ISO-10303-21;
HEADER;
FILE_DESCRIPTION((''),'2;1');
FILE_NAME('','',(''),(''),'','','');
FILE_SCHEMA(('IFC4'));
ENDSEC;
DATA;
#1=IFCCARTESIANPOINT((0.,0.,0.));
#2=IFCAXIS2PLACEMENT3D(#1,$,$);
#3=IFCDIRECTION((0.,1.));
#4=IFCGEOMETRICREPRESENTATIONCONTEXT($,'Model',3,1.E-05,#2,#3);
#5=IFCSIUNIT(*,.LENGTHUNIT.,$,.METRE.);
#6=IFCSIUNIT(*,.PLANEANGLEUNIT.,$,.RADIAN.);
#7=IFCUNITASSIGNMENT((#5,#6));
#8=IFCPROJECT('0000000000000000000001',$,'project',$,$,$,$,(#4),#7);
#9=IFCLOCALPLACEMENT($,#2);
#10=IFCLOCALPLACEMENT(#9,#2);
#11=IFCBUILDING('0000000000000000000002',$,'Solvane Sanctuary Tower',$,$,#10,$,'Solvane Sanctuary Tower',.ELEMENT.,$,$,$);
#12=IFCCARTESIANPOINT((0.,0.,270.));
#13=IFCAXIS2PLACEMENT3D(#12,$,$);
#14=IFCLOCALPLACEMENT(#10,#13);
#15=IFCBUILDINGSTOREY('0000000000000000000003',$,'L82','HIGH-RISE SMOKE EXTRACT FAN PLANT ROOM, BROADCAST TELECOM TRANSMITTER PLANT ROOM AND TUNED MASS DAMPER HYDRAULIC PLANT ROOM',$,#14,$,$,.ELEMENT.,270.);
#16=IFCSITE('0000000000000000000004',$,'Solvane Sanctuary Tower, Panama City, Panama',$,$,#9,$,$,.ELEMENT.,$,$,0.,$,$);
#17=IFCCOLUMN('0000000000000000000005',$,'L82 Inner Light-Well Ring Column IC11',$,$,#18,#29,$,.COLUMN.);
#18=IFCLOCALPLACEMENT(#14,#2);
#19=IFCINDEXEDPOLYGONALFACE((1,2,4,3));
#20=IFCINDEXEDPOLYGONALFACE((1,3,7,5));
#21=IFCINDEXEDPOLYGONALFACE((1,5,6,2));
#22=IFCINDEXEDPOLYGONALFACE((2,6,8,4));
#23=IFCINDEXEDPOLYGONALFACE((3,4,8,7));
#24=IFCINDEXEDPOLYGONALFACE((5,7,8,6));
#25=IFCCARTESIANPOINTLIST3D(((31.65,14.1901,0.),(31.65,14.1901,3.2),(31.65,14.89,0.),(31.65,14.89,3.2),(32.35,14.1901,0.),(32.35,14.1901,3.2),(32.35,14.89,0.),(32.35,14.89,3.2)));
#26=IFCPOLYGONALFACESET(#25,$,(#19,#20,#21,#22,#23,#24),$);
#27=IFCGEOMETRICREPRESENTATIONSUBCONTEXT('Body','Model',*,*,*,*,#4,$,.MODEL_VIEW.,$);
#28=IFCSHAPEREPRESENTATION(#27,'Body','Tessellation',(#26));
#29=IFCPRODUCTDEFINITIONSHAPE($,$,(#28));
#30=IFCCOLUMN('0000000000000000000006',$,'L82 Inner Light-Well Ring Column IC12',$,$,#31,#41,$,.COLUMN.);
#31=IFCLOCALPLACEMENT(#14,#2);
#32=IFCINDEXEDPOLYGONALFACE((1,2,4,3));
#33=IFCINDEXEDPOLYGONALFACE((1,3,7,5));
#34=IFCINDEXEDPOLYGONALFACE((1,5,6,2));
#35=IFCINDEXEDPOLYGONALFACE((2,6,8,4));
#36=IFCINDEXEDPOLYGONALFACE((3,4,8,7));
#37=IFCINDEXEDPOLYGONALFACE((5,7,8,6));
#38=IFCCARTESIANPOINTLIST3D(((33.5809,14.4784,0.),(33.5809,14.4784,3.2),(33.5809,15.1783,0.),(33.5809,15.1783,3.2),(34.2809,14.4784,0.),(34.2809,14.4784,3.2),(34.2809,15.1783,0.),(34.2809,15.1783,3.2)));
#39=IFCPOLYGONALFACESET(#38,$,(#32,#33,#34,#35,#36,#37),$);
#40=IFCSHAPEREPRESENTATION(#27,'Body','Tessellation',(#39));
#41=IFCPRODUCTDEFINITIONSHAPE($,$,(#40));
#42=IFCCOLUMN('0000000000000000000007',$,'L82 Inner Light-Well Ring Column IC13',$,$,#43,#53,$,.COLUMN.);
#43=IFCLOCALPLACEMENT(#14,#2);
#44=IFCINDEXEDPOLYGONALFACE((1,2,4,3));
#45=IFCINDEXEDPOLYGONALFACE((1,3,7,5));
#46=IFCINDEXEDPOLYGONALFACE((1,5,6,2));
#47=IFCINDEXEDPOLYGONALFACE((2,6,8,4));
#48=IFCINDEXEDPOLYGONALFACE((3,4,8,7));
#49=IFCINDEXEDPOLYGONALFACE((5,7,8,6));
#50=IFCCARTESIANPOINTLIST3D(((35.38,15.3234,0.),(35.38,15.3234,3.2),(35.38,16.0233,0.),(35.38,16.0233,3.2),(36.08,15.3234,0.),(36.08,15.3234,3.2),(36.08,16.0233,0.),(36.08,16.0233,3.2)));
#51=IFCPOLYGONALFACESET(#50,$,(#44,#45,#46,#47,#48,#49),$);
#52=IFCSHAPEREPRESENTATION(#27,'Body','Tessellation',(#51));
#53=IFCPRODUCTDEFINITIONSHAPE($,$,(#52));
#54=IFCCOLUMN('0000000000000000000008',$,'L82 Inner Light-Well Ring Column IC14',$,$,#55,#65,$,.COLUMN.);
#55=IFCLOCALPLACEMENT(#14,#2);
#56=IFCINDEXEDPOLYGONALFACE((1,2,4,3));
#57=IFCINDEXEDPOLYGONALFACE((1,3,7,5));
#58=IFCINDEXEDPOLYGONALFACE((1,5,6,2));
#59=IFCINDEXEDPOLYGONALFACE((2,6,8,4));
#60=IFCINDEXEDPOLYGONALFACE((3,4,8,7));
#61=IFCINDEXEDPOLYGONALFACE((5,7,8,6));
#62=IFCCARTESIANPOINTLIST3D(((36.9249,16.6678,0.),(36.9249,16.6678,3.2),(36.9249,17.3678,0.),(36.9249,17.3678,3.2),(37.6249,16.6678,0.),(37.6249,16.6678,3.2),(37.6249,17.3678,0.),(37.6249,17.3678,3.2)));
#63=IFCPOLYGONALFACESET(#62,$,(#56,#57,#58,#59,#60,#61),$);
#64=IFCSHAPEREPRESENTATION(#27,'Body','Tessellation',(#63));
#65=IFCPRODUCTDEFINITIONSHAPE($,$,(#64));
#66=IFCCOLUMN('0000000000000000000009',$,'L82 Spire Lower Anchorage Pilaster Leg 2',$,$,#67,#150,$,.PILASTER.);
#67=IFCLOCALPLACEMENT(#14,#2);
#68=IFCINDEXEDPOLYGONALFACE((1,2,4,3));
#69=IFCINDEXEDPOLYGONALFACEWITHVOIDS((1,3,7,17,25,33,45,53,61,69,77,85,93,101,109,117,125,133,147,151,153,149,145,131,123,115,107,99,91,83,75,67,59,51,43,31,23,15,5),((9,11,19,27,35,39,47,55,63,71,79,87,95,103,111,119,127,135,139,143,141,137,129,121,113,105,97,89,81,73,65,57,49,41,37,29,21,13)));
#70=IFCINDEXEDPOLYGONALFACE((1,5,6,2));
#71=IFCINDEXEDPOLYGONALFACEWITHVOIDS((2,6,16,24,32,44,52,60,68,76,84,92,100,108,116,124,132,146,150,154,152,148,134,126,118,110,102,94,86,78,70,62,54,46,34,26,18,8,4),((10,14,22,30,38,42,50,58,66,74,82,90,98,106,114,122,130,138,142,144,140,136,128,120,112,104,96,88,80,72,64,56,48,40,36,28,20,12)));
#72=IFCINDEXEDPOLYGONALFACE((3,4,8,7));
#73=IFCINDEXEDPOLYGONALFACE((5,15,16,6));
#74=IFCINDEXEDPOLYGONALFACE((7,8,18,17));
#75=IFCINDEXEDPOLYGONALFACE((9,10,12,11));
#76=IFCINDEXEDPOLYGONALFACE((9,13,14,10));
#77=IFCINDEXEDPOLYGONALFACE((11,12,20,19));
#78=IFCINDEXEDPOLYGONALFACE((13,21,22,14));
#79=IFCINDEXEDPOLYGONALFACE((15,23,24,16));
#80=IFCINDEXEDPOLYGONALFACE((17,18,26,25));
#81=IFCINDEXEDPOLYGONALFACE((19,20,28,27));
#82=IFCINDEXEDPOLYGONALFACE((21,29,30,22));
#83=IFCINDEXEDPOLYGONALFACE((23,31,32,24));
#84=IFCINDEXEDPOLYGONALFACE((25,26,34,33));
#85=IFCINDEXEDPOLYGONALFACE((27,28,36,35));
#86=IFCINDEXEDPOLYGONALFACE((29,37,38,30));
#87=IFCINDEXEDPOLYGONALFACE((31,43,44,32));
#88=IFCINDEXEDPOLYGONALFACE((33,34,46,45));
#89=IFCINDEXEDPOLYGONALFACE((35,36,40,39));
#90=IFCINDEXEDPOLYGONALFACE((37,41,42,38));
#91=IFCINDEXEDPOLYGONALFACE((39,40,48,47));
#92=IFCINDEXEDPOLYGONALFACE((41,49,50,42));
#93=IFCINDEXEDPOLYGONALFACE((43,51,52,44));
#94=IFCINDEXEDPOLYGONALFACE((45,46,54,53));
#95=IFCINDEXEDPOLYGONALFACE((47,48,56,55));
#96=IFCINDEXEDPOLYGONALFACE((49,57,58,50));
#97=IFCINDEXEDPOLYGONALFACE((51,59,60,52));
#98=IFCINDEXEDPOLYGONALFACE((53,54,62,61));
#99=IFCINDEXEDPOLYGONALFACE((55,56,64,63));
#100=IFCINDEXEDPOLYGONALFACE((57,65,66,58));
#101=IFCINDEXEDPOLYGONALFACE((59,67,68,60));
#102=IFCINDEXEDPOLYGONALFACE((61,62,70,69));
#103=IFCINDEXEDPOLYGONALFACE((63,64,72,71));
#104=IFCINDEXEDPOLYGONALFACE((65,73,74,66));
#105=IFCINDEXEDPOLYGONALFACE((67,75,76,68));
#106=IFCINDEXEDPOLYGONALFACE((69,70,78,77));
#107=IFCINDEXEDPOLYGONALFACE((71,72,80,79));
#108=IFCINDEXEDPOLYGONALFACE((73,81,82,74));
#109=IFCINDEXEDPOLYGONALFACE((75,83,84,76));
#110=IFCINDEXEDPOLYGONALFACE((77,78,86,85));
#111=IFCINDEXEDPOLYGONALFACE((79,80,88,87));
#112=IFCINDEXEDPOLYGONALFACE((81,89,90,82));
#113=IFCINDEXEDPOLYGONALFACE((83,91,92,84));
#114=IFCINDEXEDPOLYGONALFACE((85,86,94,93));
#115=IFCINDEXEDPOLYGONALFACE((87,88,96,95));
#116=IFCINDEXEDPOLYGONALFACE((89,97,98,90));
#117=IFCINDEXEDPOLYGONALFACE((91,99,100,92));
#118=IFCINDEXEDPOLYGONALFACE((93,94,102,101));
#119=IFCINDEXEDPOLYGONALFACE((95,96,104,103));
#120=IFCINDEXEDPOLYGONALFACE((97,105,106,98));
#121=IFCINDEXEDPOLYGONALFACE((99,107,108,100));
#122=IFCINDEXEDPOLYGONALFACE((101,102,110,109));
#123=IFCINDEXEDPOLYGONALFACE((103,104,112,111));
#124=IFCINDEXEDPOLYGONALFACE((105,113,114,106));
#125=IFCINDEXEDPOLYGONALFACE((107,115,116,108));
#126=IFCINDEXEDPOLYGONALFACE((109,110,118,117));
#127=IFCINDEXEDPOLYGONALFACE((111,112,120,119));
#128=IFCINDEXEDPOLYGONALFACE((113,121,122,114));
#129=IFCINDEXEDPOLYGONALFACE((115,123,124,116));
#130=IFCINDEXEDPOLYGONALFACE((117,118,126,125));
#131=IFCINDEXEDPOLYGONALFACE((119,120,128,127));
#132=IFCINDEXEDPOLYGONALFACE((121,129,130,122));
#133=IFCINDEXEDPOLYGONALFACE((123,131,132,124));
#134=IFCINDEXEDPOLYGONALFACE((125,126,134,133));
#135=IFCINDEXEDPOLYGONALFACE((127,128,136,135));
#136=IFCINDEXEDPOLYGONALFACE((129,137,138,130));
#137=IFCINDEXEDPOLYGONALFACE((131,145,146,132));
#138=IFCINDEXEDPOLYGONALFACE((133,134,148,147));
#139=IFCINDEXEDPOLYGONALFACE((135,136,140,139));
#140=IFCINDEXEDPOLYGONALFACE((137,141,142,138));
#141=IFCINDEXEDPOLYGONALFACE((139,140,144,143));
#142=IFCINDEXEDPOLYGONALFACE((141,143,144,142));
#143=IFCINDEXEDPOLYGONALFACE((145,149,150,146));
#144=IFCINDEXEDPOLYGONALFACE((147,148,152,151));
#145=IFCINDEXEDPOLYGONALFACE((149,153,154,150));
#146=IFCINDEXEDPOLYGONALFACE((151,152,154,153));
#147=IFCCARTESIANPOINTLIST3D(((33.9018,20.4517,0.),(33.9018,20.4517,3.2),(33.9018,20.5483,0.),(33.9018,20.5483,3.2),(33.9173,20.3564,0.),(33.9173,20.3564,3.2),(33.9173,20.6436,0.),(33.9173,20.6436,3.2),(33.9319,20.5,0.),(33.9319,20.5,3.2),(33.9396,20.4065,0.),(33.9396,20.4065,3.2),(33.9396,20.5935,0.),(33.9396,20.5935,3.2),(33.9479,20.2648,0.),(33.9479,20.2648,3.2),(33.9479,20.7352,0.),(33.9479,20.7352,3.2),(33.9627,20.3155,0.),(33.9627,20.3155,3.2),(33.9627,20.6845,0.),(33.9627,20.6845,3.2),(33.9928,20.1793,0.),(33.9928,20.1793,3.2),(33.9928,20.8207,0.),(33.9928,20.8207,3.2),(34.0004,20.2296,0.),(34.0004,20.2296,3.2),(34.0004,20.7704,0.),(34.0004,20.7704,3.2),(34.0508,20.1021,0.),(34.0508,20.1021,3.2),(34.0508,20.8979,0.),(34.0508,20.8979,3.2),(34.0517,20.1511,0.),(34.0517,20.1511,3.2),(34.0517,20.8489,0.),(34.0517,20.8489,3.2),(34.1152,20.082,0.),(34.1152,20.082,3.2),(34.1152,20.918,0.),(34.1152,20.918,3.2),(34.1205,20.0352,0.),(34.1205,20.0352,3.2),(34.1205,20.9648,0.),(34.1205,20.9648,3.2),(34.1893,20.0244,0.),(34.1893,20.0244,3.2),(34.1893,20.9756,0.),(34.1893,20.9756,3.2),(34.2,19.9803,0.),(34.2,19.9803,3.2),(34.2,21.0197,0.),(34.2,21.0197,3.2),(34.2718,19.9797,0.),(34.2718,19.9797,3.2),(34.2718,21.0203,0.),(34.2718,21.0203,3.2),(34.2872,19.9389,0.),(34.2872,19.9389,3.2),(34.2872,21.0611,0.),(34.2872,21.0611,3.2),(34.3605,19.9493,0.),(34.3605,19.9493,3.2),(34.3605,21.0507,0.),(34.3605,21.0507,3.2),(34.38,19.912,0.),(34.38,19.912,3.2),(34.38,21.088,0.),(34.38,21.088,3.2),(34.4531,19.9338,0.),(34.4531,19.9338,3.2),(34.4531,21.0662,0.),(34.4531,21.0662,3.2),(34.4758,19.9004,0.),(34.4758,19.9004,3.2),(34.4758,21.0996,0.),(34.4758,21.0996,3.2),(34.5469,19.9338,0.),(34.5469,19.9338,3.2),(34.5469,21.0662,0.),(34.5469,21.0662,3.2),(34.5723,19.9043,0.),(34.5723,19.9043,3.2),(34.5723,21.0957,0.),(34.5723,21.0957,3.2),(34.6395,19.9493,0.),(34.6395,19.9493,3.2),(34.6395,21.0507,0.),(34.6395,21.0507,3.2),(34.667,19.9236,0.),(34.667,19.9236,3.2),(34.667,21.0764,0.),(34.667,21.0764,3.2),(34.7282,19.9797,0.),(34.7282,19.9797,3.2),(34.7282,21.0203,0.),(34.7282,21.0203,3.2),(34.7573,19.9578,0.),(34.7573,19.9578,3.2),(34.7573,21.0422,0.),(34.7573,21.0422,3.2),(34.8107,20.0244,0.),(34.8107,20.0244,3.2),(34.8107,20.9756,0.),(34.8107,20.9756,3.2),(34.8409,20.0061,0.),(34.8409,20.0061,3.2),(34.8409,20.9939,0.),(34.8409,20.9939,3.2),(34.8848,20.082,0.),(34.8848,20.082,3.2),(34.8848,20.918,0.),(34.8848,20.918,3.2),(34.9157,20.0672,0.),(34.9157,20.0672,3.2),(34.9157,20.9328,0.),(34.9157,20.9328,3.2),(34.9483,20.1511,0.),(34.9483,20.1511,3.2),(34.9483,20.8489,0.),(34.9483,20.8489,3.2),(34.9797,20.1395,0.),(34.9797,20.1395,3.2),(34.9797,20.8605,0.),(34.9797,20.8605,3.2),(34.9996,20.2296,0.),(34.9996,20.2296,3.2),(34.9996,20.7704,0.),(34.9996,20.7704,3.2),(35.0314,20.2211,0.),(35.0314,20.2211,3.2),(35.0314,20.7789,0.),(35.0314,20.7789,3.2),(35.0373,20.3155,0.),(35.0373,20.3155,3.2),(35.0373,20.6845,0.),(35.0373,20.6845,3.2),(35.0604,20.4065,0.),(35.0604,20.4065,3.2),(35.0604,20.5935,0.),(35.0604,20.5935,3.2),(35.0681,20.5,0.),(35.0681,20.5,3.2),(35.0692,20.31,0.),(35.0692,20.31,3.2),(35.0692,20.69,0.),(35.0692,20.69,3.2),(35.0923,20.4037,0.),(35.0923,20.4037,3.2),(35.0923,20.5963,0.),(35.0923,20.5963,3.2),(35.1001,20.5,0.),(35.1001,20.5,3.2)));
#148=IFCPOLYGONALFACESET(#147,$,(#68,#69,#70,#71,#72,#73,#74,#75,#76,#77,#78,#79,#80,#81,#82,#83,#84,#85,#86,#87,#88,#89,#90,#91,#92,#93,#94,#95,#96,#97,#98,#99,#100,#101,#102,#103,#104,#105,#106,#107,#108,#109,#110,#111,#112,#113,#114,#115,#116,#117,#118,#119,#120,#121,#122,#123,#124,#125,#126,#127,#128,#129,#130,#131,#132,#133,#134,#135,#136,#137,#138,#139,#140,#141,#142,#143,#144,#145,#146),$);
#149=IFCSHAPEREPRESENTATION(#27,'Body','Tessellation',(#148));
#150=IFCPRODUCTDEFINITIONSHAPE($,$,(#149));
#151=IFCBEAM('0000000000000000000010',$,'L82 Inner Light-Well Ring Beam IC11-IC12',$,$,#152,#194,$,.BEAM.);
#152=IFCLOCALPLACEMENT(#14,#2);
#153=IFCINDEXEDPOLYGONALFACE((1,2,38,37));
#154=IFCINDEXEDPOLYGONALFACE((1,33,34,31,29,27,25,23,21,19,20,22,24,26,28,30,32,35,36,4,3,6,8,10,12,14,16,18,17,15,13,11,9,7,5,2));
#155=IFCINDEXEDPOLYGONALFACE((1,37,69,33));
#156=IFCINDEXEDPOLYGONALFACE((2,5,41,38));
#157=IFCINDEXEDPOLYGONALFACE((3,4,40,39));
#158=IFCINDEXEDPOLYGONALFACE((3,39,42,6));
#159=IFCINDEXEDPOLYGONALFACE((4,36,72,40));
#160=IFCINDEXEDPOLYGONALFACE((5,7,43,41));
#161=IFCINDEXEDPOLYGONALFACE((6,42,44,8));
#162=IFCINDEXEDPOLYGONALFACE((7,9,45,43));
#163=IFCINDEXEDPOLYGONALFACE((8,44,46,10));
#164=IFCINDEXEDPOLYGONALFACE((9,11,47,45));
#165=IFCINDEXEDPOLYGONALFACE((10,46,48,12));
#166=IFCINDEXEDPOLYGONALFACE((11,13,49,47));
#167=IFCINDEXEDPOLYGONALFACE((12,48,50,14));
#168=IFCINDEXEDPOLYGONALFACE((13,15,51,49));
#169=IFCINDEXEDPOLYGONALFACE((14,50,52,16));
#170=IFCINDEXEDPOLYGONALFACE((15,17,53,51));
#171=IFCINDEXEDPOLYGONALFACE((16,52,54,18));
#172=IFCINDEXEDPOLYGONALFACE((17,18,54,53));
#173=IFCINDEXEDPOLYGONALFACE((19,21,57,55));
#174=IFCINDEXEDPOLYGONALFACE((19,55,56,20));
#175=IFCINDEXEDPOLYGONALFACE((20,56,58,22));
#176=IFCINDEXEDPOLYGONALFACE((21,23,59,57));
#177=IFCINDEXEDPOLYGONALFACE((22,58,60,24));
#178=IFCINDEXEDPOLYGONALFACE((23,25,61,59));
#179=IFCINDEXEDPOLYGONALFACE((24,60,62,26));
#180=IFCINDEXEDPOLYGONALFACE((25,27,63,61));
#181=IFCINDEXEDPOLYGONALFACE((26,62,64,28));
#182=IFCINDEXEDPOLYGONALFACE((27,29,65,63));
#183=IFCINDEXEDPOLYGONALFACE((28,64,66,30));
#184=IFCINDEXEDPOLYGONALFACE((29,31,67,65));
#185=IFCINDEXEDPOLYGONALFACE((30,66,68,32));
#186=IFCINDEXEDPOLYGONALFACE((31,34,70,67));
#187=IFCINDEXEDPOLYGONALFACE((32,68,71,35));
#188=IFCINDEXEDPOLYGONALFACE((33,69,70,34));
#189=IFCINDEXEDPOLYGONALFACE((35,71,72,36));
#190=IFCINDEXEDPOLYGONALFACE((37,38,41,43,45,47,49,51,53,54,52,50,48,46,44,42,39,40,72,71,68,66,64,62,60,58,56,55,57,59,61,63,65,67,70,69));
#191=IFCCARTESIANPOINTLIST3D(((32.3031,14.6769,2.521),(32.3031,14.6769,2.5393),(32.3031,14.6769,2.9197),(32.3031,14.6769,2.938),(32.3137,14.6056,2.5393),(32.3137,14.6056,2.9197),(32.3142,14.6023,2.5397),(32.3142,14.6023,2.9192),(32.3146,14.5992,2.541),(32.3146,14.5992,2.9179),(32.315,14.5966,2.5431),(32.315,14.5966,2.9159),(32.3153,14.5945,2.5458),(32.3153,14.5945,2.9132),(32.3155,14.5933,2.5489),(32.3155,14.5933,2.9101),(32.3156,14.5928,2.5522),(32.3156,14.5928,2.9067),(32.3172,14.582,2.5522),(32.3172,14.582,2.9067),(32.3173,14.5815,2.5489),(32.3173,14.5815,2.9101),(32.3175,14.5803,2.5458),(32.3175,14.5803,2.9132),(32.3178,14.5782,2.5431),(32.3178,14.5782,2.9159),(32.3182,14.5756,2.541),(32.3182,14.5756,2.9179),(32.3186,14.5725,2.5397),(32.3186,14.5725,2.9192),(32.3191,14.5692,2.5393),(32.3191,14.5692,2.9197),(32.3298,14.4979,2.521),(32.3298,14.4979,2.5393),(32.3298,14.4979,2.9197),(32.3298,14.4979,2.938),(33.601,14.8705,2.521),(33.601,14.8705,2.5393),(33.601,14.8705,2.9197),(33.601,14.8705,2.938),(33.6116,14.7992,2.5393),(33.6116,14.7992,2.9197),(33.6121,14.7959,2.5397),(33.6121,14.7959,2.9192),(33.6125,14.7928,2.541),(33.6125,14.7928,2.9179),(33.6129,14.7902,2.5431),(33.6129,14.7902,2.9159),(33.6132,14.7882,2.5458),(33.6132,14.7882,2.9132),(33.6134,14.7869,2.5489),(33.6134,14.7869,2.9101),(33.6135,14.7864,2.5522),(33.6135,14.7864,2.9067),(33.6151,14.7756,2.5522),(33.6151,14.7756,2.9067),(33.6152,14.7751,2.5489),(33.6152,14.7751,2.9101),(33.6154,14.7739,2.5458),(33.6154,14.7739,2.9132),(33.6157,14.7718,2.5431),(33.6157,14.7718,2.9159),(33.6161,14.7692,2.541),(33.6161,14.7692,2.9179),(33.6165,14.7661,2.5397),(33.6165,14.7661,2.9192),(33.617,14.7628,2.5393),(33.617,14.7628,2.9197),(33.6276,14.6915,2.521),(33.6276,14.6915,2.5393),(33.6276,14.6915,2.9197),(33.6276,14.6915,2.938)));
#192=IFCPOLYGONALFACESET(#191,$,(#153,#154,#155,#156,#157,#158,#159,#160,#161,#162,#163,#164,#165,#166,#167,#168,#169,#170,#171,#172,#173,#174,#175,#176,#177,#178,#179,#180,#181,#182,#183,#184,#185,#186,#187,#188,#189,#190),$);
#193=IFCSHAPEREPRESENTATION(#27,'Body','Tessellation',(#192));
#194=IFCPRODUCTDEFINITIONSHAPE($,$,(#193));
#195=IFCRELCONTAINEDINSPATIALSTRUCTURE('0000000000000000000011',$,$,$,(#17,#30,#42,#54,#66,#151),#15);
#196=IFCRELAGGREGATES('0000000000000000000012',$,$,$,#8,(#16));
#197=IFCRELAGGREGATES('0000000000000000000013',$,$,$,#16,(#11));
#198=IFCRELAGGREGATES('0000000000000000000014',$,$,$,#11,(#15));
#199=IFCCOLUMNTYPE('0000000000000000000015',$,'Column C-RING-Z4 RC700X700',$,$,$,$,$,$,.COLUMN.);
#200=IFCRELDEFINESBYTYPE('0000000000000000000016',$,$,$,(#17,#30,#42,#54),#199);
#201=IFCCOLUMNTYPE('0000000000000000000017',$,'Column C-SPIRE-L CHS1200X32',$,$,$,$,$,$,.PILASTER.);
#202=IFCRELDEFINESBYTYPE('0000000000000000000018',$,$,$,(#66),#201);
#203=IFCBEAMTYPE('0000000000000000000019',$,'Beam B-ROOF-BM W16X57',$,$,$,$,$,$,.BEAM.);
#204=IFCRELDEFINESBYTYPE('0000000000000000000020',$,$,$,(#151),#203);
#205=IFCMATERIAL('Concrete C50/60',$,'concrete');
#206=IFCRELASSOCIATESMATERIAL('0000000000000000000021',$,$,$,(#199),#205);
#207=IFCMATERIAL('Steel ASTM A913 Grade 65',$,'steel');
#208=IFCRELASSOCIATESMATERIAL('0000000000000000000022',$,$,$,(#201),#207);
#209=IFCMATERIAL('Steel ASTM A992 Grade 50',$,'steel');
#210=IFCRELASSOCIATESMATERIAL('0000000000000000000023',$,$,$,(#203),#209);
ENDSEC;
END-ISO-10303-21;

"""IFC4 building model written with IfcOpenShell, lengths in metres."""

from ifc_helpers import new_model, si_unit, direction, frame, origin, origin_2d, place, context, subcontext, project, spatial, rectangle, hollow_circle, i_section, extrude, material, material_profile, profile_set, type_object, element, save


model = new_model("IFC4")

# Units and contexts
model_context = context("Model", 3, precision=1e-05, world=origin(), true_north=direction((0.0, 1.0)))
body_context = subcontext(model_context, "Body", "Model", "MODEL_VIEW")
ifc_project = project(units=[si_unit("LENGTHUNIT", "METRE"), si_unit("PLANEANGLEUNIT", "RADIAN")], contexts=[model_context])

# Site, building, storey
site_placement = place(None, origin())
site = spatial("IfcSite", under=ifc_project, at=site_placement, Name="Solvane Sanctuary Tower, Panama City, Panama", CompositionType="ELEMENT", RefElevation=0.0)
building_placement = place(site_placement, origin())
building = spatial("IfcBuilding", under=site, at=building_placement, Name="Solvane Sanctuary Tower", LongName="Solvane Sanctuary Tower", CompositionType="ELEMENT")
storey_placement = place(building_placement, frame((0.0, 0.0, 270.0)))
storey = spatial("IfcBuildingStorey", under=building, at=storey_placement, Name="L82", Description="HIGH-RISE SMOKE EXTRACT FAN PLANT ROOM, BROADCAST TELECOM TRANSMITTER PLANT ROOM AND TUNED MASS DAMPER HYDRAULIC PLANT ROOM", CompositionType="ELEMENT", Elevation=270.0)

# Columns
ifc_material_1 = material(Name="Concrete C50/60", Category="concrete")
ifc_material_profile_1 = material_profile(ifc_material_1, rectangle(XDim=0.7, YDim=0.7, at=origin_2d()), Name="RC700X700")
ifc_profile_set_1 = profile_set([ifc_material_profile_1], Name="Concrete C50/60")
column_type_1 = type_object("IfcColumnType", Name="Column C-RING-Z4 RC700X700", PredefinedType="COLUMN", material=ifc_profile_set_1)
for number, where, z_axis, x_axis, name in (
    (1, (32.0, 14.54, 0.0), (0.0, 0.0, 1.0), (1.0, 0.0, 0.0), "L82 Inner Light-Well Ring Column IC11"),
    (2, (33.9309, 14.8284, 0.0), (0.0, 0.0, 1.0), (1.0, 0.0, 0.0), "L82 Inner Light-Well Ring Column IC12"),
    (3, (35.73, 15.6733, 0.0), (0.0, 0.0, 1.0), (1.0, 0.0, 0.0), "L82 Inner Light-Well Ring Column IC13"),
    (4, (37.2749, 17.0178, 0.0), (0.0, 0.0, 1.0), (1.0, 0.0, 0.0), "L82 Inner Light-Well Ring Column IC14"),
):
    element("IfcColumn", number, at=place(storey_placement, frame(where, z_axis=z_axis, x_axis=x_axis)), inside=storey, type_object=column_type_1, Name=name, PredefinedType="COLUMN", context=body_context, shape_type="SweptSolid", body=[
        extrude(rectangle(XDim=0.7, YDim=0.7, at=origin_2d()), origin(), (0.0, 0.0, 1.0), 3.2),
    ])
ifc_material_2 = material(Name="Steel ASTM A913 Grade 65", Category="steel")
ifc_material_profile_2 = material_profile(ifc_material_2, hollow_circle(Radius=0.6001, WallThickness=0.032, at=origin_2d()), Name="CHS1200X32")
ifc_profile_set_2 = profile_set([ifc_material_profile_2], Name="Steel ASTM A913 Grade 65")
column_type_2 = type_object("IfcColumnType", Name="Column C-SPIRE-L CHS1200X32", PredefinedType="PILASTER", material=ifc_profile_set_2)
column_placement = place(storey_placement, frame((34.5, 20.5, 0.0), z_axis=(0.0, 0.0, 1.0), x_axis=(1.0, 0.0, 0.0)))
element("IfcColumn", 5, at=column_placement, inside=storey, type_object=column_type_2, Name="L82 Spire Lower Anchorage Pilaster Leg 2", PredefinedType="PILASTER", context=body_context, shape_type="SweptSolid", body=[
    extrude(hollow_circle(Radius=0.6001, WallThickness=0.032, at=origin_2d()), origin(), (0.0, 0.0, 1.0), 3.2),
])

# Beam
ifc_material_3 = material(Name="Steel ASTM A992 Grade 50", Category="steel")
ifc_material_profile_3 = material_profile(ifc_material_3, i_section(OverallWidth=0.1809, OverallDepth=0.417, WebThickness=0.011, FlangeThickness=0.0183, FilletRadius=0.0129, at=origin_2d()), Name="W16X57")
ifc_profile_set_3 = profile_set([ifc_material_profile_3], Name="Steel ASTM A992 Grade 50")
beam_type_1 = type_object("IfcBeamType", Name="Beam B-ROOF-BM W16X57", PredefinedType="BEAM", material=ifc_profile_set_3)
beam_1_placement = place(storey_placement, frame((32.3164, 14.5874, 2.7295), z_axis=(0.989056, 0.14754, 0.0), x_axis=(-0.14754, 0.989056, 0.0)))
element("IfcBeam", 6, at=beam_1_placement, inside=storey, type_object=beam_type_1, Name="L82 Inner Light-Well Ring Beam IC11-IC12", PredefinedType="BEAM", context=body_context, shape_type="SweptSolid", body=[
    extrude(i_section(OverallWidth=0.1809, OverallDepth=0.417, WebThickness=0.011, FlangeThickness=0.0183, FilletRadius=0.0129, at=origin_2d()), origin(), (0.0, 0.0, 1.0), 1.3123),
])

save(model, "model.ifc")
